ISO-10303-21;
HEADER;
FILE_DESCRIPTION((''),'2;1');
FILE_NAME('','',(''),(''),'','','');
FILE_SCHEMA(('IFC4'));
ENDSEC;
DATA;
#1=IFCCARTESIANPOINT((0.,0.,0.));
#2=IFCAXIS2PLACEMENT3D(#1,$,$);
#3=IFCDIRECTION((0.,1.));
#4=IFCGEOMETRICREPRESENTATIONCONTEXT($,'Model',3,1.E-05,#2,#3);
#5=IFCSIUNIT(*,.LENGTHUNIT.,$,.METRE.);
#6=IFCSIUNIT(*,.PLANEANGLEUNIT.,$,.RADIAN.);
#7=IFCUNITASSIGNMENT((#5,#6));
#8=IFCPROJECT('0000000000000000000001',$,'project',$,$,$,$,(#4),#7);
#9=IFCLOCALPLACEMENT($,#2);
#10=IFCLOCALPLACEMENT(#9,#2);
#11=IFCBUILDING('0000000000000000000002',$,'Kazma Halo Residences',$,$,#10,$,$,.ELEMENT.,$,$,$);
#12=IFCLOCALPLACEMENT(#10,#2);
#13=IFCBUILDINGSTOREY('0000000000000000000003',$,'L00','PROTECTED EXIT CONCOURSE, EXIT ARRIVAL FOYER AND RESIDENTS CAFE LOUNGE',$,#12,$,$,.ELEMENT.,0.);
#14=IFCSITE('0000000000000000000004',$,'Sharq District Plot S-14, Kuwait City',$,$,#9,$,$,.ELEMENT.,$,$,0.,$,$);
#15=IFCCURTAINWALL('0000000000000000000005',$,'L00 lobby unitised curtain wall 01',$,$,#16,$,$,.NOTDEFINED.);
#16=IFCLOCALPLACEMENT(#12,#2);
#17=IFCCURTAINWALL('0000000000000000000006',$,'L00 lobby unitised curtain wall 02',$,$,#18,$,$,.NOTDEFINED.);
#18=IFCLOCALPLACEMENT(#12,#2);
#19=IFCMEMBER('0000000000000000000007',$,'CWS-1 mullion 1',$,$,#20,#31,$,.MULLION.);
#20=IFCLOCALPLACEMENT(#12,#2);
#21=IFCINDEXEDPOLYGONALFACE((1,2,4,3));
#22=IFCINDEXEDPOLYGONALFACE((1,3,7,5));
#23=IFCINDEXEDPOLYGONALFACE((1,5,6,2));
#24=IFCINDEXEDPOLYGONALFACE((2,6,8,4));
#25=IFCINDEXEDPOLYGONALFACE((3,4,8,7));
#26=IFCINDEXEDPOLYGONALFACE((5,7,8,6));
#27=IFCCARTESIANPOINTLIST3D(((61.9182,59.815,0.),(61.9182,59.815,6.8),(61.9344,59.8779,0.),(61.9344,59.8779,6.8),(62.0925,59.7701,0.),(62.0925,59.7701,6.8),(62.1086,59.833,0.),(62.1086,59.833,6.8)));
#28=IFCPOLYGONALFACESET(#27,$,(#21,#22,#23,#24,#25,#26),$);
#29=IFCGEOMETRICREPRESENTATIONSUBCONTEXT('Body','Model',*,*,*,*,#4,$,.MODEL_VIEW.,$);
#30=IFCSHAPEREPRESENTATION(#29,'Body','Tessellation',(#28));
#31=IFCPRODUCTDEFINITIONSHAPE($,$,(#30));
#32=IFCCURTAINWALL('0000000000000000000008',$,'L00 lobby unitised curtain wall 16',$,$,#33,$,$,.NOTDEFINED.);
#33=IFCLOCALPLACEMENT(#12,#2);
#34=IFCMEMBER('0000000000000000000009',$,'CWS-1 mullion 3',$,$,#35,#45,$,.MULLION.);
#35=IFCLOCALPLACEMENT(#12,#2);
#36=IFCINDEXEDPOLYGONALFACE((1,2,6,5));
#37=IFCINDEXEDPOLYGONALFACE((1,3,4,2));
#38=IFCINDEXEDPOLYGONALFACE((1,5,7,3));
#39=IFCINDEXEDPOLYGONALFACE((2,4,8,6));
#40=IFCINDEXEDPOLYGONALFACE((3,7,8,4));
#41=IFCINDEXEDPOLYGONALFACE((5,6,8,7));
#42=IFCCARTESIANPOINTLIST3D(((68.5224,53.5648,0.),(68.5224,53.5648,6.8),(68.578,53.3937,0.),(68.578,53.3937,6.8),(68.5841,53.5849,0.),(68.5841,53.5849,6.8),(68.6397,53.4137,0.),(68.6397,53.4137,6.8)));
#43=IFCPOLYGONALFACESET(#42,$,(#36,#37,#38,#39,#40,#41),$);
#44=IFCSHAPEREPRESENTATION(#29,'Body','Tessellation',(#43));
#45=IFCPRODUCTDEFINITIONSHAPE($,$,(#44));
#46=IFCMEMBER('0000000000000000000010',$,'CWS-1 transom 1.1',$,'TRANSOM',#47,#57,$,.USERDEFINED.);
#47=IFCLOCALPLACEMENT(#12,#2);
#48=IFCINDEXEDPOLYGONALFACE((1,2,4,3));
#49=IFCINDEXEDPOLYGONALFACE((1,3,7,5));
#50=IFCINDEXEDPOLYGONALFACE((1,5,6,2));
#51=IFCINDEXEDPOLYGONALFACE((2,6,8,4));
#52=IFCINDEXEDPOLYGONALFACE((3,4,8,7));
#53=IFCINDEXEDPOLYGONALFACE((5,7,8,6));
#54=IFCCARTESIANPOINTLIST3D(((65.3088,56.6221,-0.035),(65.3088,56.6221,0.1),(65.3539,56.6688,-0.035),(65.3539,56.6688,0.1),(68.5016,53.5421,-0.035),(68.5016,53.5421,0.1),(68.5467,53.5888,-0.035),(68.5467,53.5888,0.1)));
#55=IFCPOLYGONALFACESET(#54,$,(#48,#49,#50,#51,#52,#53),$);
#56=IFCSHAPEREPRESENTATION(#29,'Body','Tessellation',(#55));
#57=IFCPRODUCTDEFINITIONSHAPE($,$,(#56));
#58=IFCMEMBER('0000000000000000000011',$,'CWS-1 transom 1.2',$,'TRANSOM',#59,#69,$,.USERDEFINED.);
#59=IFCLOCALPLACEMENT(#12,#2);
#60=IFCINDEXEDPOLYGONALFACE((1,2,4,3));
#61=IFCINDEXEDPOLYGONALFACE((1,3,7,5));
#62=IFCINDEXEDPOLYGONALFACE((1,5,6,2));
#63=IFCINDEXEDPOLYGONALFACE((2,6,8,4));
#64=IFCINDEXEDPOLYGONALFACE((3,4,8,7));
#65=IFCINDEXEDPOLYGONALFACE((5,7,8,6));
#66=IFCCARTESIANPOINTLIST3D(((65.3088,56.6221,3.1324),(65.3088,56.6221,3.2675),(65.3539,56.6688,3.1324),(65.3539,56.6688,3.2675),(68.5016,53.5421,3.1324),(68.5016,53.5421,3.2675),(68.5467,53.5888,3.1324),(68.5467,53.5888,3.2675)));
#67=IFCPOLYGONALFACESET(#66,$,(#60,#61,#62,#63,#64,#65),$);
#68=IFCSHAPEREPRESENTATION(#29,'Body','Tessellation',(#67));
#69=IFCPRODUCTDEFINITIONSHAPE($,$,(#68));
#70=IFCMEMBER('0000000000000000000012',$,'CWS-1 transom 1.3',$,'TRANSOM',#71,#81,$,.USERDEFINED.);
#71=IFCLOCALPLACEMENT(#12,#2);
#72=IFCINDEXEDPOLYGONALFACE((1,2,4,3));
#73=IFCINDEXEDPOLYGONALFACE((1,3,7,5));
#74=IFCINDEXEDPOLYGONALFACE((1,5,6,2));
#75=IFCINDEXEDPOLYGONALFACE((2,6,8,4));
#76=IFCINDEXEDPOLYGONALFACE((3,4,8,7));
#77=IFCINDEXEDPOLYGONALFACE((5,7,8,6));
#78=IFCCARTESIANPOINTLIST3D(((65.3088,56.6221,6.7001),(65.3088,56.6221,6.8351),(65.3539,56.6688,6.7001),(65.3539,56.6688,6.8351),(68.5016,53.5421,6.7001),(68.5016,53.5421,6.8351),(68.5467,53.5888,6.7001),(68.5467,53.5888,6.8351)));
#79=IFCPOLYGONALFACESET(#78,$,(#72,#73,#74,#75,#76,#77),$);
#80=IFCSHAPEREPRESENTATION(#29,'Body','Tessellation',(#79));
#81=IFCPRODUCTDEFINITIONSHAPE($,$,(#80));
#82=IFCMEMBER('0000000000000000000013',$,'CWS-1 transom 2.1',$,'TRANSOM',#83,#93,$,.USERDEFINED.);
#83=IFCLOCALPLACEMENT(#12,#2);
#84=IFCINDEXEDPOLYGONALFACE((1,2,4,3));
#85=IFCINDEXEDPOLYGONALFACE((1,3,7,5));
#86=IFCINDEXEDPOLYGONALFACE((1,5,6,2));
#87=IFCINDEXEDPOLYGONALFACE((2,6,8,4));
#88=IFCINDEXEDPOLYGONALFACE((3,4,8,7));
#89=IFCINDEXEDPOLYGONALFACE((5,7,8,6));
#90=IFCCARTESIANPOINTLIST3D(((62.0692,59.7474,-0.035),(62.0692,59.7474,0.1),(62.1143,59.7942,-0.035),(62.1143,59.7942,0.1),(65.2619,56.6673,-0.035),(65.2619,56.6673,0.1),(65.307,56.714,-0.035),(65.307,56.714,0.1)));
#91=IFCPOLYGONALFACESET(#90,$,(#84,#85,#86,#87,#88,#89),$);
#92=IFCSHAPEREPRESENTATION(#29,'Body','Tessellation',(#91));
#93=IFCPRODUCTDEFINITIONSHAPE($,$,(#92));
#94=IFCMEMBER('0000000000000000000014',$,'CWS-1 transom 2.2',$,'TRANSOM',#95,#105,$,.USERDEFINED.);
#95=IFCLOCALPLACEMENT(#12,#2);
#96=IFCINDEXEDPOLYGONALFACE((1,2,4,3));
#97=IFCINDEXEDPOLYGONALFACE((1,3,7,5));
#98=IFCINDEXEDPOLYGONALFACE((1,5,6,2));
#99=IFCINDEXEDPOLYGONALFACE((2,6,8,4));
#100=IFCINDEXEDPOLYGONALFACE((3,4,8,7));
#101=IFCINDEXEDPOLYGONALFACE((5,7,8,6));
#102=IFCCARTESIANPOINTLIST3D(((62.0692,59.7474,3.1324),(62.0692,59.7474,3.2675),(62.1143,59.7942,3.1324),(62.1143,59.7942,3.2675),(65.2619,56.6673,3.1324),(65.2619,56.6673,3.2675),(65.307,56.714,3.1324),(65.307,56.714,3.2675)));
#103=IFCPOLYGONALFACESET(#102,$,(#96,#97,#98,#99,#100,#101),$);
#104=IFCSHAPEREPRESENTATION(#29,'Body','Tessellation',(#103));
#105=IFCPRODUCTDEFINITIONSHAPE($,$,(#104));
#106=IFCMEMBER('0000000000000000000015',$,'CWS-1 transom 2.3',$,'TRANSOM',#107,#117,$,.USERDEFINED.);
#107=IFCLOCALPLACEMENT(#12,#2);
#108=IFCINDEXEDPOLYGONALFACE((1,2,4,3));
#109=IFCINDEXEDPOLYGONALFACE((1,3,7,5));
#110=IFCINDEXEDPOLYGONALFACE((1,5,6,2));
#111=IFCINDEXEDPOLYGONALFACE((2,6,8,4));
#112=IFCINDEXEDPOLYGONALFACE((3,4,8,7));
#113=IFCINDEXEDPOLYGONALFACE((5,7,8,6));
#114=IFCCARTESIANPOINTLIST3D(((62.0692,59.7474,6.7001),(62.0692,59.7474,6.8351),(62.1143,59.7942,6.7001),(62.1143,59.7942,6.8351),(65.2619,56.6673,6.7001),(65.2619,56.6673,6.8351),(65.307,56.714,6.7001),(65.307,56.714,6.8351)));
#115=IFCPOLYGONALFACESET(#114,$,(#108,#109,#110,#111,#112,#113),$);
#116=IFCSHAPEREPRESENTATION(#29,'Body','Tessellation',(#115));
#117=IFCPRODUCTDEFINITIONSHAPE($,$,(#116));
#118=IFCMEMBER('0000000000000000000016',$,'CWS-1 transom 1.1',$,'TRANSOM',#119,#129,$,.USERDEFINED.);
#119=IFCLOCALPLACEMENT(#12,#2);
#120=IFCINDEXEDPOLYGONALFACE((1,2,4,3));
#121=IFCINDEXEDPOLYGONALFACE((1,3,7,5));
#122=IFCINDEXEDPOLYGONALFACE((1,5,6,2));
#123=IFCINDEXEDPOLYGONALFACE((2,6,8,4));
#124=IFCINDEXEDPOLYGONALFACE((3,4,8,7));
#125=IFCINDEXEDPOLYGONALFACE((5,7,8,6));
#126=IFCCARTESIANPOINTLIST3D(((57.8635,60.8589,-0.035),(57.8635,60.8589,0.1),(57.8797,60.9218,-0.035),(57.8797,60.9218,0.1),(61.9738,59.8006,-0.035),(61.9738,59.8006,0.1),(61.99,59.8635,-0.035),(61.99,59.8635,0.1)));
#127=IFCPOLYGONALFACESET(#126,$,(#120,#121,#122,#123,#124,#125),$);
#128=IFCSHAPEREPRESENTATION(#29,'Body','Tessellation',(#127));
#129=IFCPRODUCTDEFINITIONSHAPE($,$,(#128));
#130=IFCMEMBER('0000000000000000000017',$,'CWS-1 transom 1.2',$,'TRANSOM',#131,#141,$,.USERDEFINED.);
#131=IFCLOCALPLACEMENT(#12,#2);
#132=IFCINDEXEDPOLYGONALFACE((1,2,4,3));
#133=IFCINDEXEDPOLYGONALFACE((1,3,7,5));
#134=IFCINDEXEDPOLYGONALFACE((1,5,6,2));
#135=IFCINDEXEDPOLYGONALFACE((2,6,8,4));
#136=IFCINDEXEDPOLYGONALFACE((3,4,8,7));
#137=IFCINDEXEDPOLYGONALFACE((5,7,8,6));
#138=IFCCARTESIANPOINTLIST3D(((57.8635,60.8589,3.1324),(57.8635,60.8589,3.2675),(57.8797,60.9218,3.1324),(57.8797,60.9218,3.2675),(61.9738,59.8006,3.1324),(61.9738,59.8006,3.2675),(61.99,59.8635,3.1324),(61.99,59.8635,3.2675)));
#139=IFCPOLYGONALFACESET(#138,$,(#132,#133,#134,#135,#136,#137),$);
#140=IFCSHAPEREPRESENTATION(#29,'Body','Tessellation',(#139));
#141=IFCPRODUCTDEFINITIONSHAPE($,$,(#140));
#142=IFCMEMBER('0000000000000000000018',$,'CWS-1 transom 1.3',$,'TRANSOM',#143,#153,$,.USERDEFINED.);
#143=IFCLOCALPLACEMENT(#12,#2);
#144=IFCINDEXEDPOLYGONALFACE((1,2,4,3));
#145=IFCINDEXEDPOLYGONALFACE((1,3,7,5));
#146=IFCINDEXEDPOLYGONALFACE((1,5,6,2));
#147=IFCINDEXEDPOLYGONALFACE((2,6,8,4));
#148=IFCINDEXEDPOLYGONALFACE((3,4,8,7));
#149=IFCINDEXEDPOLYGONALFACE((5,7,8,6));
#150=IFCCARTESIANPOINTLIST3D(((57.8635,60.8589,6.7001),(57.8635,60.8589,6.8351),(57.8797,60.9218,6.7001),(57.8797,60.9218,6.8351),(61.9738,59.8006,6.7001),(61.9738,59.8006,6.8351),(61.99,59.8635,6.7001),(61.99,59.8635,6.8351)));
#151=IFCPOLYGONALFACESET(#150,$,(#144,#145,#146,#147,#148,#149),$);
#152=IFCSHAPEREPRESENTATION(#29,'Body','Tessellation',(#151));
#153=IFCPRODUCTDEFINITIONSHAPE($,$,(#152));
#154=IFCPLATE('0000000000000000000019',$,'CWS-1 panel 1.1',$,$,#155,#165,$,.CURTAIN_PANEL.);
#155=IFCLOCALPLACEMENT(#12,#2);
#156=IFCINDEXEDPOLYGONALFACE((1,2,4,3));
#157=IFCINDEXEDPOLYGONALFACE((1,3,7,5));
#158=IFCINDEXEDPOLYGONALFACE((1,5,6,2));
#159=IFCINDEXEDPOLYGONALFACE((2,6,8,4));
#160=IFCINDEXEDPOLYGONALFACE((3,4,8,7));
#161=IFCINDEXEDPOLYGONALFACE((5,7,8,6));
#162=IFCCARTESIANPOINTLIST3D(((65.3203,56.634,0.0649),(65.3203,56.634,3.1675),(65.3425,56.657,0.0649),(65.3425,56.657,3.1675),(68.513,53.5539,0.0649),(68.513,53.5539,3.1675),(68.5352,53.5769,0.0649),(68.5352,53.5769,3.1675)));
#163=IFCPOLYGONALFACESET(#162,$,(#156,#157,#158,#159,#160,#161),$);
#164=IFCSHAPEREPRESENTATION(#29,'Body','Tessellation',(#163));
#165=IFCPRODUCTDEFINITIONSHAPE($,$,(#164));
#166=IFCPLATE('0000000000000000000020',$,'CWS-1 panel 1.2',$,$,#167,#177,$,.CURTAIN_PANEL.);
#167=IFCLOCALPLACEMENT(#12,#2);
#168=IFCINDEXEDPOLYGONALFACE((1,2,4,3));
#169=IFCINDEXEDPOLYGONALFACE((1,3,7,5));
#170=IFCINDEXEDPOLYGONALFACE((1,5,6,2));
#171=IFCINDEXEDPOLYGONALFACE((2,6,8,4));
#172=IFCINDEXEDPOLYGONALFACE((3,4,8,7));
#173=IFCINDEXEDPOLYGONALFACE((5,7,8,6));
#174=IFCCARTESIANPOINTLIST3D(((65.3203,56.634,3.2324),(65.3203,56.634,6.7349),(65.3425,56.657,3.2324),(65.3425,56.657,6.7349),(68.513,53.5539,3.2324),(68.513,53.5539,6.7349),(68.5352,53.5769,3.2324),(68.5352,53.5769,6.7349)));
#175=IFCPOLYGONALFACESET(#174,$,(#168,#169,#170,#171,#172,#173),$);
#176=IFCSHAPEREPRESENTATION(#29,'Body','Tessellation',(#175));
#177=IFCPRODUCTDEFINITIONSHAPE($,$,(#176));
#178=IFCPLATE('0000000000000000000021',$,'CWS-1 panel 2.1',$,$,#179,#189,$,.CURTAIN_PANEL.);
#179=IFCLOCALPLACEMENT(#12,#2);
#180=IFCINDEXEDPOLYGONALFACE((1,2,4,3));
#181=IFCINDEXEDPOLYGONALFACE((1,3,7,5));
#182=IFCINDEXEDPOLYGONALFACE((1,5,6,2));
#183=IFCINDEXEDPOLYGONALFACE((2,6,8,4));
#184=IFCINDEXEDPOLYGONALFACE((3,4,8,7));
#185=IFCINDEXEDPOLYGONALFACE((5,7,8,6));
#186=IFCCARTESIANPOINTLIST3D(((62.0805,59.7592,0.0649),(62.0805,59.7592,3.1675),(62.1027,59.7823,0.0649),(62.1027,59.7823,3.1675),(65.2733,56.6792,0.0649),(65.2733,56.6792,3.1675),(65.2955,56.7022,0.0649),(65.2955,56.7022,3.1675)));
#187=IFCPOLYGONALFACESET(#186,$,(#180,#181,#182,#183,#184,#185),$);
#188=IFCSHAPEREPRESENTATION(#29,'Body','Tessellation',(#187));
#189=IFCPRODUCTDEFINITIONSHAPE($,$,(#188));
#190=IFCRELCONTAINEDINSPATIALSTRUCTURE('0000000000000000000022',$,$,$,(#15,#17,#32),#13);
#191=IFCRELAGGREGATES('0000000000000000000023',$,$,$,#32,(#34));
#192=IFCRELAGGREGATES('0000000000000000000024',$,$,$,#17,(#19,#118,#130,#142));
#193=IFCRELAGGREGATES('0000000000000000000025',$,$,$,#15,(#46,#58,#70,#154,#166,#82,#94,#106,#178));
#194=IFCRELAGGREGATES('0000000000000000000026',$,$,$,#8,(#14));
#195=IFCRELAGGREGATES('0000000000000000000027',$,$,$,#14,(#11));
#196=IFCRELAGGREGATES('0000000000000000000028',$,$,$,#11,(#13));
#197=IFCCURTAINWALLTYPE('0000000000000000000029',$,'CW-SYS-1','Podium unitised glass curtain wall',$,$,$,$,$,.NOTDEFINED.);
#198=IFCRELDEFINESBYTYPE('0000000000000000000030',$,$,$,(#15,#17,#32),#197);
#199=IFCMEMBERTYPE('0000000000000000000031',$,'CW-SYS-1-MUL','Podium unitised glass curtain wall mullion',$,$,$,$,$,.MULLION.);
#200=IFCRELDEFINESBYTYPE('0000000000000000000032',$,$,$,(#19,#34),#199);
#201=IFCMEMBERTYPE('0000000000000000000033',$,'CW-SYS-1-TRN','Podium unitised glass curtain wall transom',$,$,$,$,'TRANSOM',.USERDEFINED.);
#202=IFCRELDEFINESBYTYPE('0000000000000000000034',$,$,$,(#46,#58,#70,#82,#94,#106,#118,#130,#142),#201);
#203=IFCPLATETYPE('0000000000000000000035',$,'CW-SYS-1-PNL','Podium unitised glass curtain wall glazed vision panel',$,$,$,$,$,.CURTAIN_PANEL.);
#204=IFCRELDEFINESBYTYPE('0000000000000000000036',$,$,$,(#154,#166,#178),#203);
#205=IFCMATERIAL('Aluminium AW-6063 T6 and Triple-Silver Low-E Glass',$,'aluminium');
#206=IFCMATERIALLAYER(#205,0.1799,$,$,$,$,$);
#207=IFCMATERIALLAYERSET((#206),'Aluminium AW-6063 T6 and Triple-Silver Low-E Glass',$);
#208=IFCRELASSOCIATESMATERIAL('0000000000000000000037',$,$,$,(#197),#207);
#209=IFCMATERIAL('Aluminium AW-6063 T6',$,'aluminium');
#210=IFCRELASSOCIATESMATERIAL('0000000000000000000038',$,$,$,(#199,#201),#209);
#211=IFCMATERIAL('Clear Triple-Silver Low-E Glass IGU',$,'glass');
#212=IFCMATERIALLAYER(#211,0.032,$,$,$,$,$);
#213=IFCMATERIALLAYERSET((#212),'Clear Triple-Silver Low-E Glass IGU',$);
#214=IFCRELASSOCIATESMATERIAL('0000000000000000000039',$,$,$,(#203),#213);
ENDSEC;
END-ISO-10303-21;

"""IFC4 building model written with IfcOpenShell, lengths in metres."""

from ifc_helpers import new_model, si_unit, direction, frame, origin, origin_2d, place, context, subcontext, project, spatial, rectangle, extrude, material, layer, layer_set, material_profile, profile_set, type_object, element, aggregate, save


model = new_model("IFC4")

# Units and contexts
model_context = context("Model", 3, precision=1e-05, world=origin(), true_north=direction((0.0, 1.0)))
body_context = subcontext(model_context, "Body", "Model", "MODEL_VIEW")
ifc_project = project(units=[si_unit("LENGTHUNIT", "METRE"), si_unit("PLANEANGLEUNIT", "RADIAN")], contexts=[model_context])

# Site, building, storey
site_placement = place(None, origin())
site = spatial("IfcSite", under=ifc_project, at=site_placement, Name="Sharq District Plot S-14, Kuwait City", CompositionType="ELEMENT", RefElevation=0.0)
building_placement = place(site_placement, origin())
building = spatial("IfcBuilding", under=site, at=building_placement, Name="Kazma Halo Residences", CompositionType="ELEMENT")
storey_placement = place(building_placement, origin())
storey = spatial("IfcBuildingStorey", under=building, at=storey_placement, Name="L00", Description="PROTECTED EXIT CONCOURSE, EXIT ARRIVAL FOYER AND RESIDENTS CAFE LOUNGE", CompositionType="ELEMENT", Elevation=0.0)

# Curtain wall
ifc_material_1 = material(Name="Aluminium AW-6063 T6 and Triple-Silver Low-E Glass", Category="aluminium")
ifc_layer_1 = layer(ifc_material_1, 0.1799)
ifc_layer_set_1 = layer_set([ifc_layer_1], Name="Aluminium AW-6063 T6 and Triple-Silver Low-E Glass")
curtain_wall_type = type_object("IfcCurtainWallType", Name="CW-SYS-1", Description="Podium unitised glass curtain wall", PredefinedType="NOTDEFINED", material=ifc_layer_set_1)
curtain_wall_1_placement = place(storey_placement, origin())
curtain_wall_1 = element("IfcCurtainWall", 1, at=curtain_wall_1_placement, inside=storey, type_object=curtain_wall_type, Name="L00 lobby unitised curtain wall 01", PredefinedType="NOTDEFINED")
ifc_material_2 = material(Name="Aluminium AW-6063 T6", Category="aluminium")
ifc_material_profile_1 = material_profile(ifc_material_2, rectangle(XDim=0.0649, YDim=0.1799, at=origin_2d()), Name="CWM-65x180")
ifc_profile_set_1 = profile_set([ifc_material_profile_1], Name="Aluminium AW-6063 T6")
member_type_1 = type_object("IfcMemberType", Name="CW-SYS-1-MUL", Description="Podium unitised glass curtain wall mullion", PredefinedType="MULLION", material=ifc_profile_set_1)

# Curtain walls, members
curtain_wall_2_placement = place(storey_placement, origin())
curtain_wall_2 = element("IfcCurtainWall", 2, at=curtain_wall_2_placement, inside=storey, type_object=curtain_wall_type, Name="L00 lobby unitised curtain wall 02", PredefinedType="NOTDEFINED")
member_1_placement = place(storey_placement, frame((62.0134, 59.824, 0.0), z_axis=(0.0, 0.0, 1.0), x_axis=(-0.249347, -0.968414, 0.0)))
member_1 = element("IfcMember", 3, at=member_1_placement, type_object=member_type_1, Name="CWS-1 mullion 1", PredefinedType="MULLION", context=body_context, shape_type="SweptSolid", body=[
    extrude(rectangle(XDim=0.0649, YDim=0.1799, at=origin_2d()), origin(), (0.0, 0.0, 1.0), 6.8),
])
curtain_wall_3_placement = place(storey_placement, origin())
curtain_wall_3 = element("IfcCurtainWall", 4, at=curtain_wall_3_placement, inside=storey, type_object=curtain_wall_type, Name="L00 lobby unitised curtain wall 16", PredefinedType="NOTDEFINED")
member_2_placement = place(storey_placement, frame((68.5811, 53.4893, 0.0), z_axis=(0.0, 0.0, 1.0), x_axis=(-0.951057, -0.309015, 0.0)))
member_2 = element("IfcMember", 5, at=member_2_placement, type_object=member_type_1, Name="CWS-1 mullion 3", PredefinedType="MULLION", context=body_context, shape_type="SweptSolid", body=[
    extrude(rectangle(XDim=0.0649, YDim=0.1799, at=origin_2d()), origin(), (0.0, 0.0, 1.0), 6.8),
])
aggregate(curtain_wall_3, [member_2])

# Members
ifc_material_profile_2 = material_profile(ifc_material_2, rectangle(XDim=0.0649, YDim=0.135, at=origin_2d()), Name="CWT-65x135")
ifc_profile_set_2 = profile_set([ifc_material_profile_2], Name="Aluminium AW-6063 T6")
member_type_2 = type_object("IfcMemberType", Name="CW-SYS-1-TRN", Description="Podium unitised glass curtain wall transom", ElementType="TRANSOM", PredefinedType="USERDEFINED", material=ifc_profile_set_2)
member_3_placement = place(storey_placement, frame((68.5242, 53.5654, 0.0325), z_axis=(-0.719705, 0.69428, 0.0), x_axis=(-0.69428, -0.719705, 0.0)))
member_3 = element("IfcMember", 6, at=member_3_placement, type_object=member_type_2, Name="CWS-1 transom 1.1", ObjectType="TRANSOM", PredefinedType="USERDEFINED", context=body_context, shape_type="SweptSolid", body=[
    extrude(rectangle(XDim=0.0649, YDim=0.135, at=origin_2d()), origin(), (0.0, 0.0, 1.0), 4.4363),
])
member_4_placement = place(storey_placement, frame((68.5242, 53.5654, 3.2), z_axis=(-0.719705, 0.69428, 0.0), x_axis=(-0.69428, -0.719705, 0.0)))
member_4 = element("IfcMember", 7, at=member_4_placement, type_object=member_type_2, Name="CWS-1 transom 1.2", ObjectType="TRANSOM", PredefinedType="USERDEFINED", context=body_context, shape_type="SweptSolid", body=[
    extrude(rectangle(XDim=0.0649, YDim=0.135, at=origin_2d()), origin(), (0.0, 0.0, 1.0), 4.4363),
])
member_5_placement = place(storey_placement, frame((68.5242, 53.5654, 6.7676), z_axis=(-0.719705, 0.69428, 0.0), x_axis=(-0.69428, -0.719705, 0.0)))
member_5 = element("IfcMember", 8, at=member_5_placement, type_object=member_type_2, Name="CWS-1 transom 1.3", ObjectType="TRANSOM", PredefinedType="USERDEFINED", context=body_context, shape_type="SweptSolid", body=[
    extrude(rectangle(XDim=0.0649, YDim=0.135, at=origin_2d()), origin(), (0.0, 0.0, 1.0), 4.4363),
])
member_6_placement = place(storey_placement, frame((65.2844, 56.6907, 0.0325), z_axis=(-0.719678, 0.694308, 0.0), x_axis=(-0.694308, -0.719678, 0.0)))
member_6 = element("IfcMember", 9, at=member_6_placement, type_object=member_type_2, Name="CWS-1 transom 2.1", ObjectType="TRANSOM", PredefinedType="USERDEFINED", context=body_context, shape_type="SweptSolid", body=[
    extrude(rectangle(XDim=0.0649, YDim=0.135, at=origin_2d()), origin(), (0.0, 0.0, 1.0), 4.4363),
])
member_7_placement = place(storey_placement, frame((65.2844, 56.6907, 3.2), z_axis=(-0.719678, 0.694308, 0.0), x_axis=(-0.694308, -0.719678, 0.0)))
member_7 = element("IfcMember", 10, at=member_7_placement, type_object=member_type_2, Name="CWS-1 transom 2.2", ObjectType="TRANSOM", PredefinedType="USERDEFINED", context=body_context, shape_type="SweptSolid", body=[
    extrude(rectangle(XDim=0.0649, YDim=0.135, at=origin_2d()), origin(), (0.0, 0.0, 1.0), 4.4363),
])
member_8_placement = place(storey_placement, frame((65.2844, 56.6907, 6.7676), z_axis=(-0.719678, 0.694308, 0.0), x_axis=(-0.694308, -0.719678, 0.0)))
member_8 = element("IfcMember", 11, at=member_8_placement, type_object=member_type_2, Name="CWS-1 transom 2.3", ObjectType="TRANSOM", PredefinedType="USERDEFINED", context=body_context, shape_type="SweptSolid", body=[
    extrude(rectangle(XDim=0.0649, YDim=0.135, at=origin_2d()), origin(), (0.0, 0.0, 1.0), 4.4363),
])
member_9_placement = place(storey_placement, frame((61.9819, 59.832, 0.0325), z_axis=(-0.968413, 0.249351, 0.0), x_axis=(-0.249351, -0.968413, 0.0)))
member_9 = element("IfcMember", 12, at=member_9_placement, type_object=member_type_2, Name="CWS-1 transom 1.1", ObjectType="TRANSOM", PredefinedType="USERDEFINED", context=body_context, shape_type="SweptSolid", body=[
    extrude(rectangle(XDim=0.0649, YDim=0.135, at=origin_2d()), origin(), (0.0, 0.0, 1.0), 4.2444),
])
member_10_placement = place(storey_placement, frame((61.9819, 59.832, 3.2), z_axis=(-0.968413, 0.249351, 0.0), x_axis=(-0.249351, -0.968413, 0.0)))
member_10 = element("IfcMember", 13, at=member_10_placement, type_object=member_type_2, Name="CWS-1 transom 1.2", ObjectType="TRANSOM", PredefinedType="USERDEFINED", context=body_context, shape_type="SweptSolid", body=[
    extrude(rectangle(XDim=0.0649, YDim=0.135, at=origin_2d()), origin(), (0.0, 0.0, 1.0), 4.2444),
])
member_11_placement = place(storey_placement, frame((61.9819, 59.832, 6.7676), z_axis=(-0.968413, 0.249351, 0.0), x_axis=(-0.249351, -0.968413, 0.0)))
member_11 = element("IfcMember", 14, at=member_11_placement, type_object=member_type_2, Name="CWS-1 transom 1.3", ObjectType="TRANSOM", PredefinedType="USERDEFINED", context=body_context, shape_type="SweptSolid", body=[
    extrude(rectangle(XDim=0.0649, YDim=0.135, at=origin_2d()), origin(), (0.0, 0.0, 1.0), 4.2444),
])
aggregate(curtain_wall_2, [member_1, member_9, member_10, member_11])

# Plates
ifc_material_3 = material(Name="Clear Triple-Silver Low-E Glass IGU", Category="glass")
ifc_layer_2 = layer(ifc_material_3, 0.032)
ifc_layer_set_2 = layer_set([ifc_layer_2], Name="Clear Triple-Silver Low-E Glass IGU")
plate_type_1 = type_object("IfcPlateType", Name="CW-SYS-1-PNL", Description="Podium unitised glass curtain wall glazed vision panel", PredefinedType="CURTAIN_PANEL", material=ifc_layer_set_2)
plate_1_placement = place(storey_placement, frame((66.9277, 55.1055, 0.0649), z_axis=(0.0, 0.0, 1.0), x_axis=(-0.719692, 0.694294, 0.0)))
plate_1 = element("IfcPlate", 15, at=plate_1_placement, type_object=plate_type_1, Name="CWS-1 panel 1.1", PredefinedType="CURTAIN_PANEL", context=body_context, shape_type="SweptSolid", body=[
    extrude(rectangle(XDim=4.4363, YDim=0.032, at=origin_2d()), origin(), (0.0, 0.0, 1.0), 3.1025),
])
plate_2_placement = place(storey_placement, frame((66.9277, 55.1055, 3.2324), z_axis=(0.0, 0.0, 1.0), x_axis=(-0.719692, 0.694294, 0.0)))
plate_2 = element("IfcPlate", 16, at=plate_2_placement, type_object=plate_type_1, Name="CWS-1 panel 1.2", PredefinedType="CURTAIN_PANEL", context=body_context, shape_type="SweptSolid", body=[
    extrude(rectangle(XDim=4.4363, YDim=0.032, at=origin_2d()), origin(), (0.0, 0.0, 1.0), 3.5024),
])
plate_3_placement = place(storey_placement, frame((63.688, 58.2307, 0.0649), z_axis=(0.0, 0.0, 1.0), x_axis=(-0.719692, 0.694294, 0.0)))
plate_3 = element("IfcPlate", 17, at=plate_3_placement, type_object=plate_type_1, Name="CWS-1 panel 2.1", PredefinedType="CURTAIN_PANEL", context=body_context, shape_type="SweptSolid", body=[
    extrude(rectangle(XDim=4.4363, YDim=0.032, at=origin_2d()), origin(), (0.0, 0.0, 1.0), 3.1025),
])
aggregate(curtain_wall_1, [member_3, member_4, member_5, plate_1, plate_2, member_6, member_7, member_8, plate_3])

save(model, "model.ifc")
